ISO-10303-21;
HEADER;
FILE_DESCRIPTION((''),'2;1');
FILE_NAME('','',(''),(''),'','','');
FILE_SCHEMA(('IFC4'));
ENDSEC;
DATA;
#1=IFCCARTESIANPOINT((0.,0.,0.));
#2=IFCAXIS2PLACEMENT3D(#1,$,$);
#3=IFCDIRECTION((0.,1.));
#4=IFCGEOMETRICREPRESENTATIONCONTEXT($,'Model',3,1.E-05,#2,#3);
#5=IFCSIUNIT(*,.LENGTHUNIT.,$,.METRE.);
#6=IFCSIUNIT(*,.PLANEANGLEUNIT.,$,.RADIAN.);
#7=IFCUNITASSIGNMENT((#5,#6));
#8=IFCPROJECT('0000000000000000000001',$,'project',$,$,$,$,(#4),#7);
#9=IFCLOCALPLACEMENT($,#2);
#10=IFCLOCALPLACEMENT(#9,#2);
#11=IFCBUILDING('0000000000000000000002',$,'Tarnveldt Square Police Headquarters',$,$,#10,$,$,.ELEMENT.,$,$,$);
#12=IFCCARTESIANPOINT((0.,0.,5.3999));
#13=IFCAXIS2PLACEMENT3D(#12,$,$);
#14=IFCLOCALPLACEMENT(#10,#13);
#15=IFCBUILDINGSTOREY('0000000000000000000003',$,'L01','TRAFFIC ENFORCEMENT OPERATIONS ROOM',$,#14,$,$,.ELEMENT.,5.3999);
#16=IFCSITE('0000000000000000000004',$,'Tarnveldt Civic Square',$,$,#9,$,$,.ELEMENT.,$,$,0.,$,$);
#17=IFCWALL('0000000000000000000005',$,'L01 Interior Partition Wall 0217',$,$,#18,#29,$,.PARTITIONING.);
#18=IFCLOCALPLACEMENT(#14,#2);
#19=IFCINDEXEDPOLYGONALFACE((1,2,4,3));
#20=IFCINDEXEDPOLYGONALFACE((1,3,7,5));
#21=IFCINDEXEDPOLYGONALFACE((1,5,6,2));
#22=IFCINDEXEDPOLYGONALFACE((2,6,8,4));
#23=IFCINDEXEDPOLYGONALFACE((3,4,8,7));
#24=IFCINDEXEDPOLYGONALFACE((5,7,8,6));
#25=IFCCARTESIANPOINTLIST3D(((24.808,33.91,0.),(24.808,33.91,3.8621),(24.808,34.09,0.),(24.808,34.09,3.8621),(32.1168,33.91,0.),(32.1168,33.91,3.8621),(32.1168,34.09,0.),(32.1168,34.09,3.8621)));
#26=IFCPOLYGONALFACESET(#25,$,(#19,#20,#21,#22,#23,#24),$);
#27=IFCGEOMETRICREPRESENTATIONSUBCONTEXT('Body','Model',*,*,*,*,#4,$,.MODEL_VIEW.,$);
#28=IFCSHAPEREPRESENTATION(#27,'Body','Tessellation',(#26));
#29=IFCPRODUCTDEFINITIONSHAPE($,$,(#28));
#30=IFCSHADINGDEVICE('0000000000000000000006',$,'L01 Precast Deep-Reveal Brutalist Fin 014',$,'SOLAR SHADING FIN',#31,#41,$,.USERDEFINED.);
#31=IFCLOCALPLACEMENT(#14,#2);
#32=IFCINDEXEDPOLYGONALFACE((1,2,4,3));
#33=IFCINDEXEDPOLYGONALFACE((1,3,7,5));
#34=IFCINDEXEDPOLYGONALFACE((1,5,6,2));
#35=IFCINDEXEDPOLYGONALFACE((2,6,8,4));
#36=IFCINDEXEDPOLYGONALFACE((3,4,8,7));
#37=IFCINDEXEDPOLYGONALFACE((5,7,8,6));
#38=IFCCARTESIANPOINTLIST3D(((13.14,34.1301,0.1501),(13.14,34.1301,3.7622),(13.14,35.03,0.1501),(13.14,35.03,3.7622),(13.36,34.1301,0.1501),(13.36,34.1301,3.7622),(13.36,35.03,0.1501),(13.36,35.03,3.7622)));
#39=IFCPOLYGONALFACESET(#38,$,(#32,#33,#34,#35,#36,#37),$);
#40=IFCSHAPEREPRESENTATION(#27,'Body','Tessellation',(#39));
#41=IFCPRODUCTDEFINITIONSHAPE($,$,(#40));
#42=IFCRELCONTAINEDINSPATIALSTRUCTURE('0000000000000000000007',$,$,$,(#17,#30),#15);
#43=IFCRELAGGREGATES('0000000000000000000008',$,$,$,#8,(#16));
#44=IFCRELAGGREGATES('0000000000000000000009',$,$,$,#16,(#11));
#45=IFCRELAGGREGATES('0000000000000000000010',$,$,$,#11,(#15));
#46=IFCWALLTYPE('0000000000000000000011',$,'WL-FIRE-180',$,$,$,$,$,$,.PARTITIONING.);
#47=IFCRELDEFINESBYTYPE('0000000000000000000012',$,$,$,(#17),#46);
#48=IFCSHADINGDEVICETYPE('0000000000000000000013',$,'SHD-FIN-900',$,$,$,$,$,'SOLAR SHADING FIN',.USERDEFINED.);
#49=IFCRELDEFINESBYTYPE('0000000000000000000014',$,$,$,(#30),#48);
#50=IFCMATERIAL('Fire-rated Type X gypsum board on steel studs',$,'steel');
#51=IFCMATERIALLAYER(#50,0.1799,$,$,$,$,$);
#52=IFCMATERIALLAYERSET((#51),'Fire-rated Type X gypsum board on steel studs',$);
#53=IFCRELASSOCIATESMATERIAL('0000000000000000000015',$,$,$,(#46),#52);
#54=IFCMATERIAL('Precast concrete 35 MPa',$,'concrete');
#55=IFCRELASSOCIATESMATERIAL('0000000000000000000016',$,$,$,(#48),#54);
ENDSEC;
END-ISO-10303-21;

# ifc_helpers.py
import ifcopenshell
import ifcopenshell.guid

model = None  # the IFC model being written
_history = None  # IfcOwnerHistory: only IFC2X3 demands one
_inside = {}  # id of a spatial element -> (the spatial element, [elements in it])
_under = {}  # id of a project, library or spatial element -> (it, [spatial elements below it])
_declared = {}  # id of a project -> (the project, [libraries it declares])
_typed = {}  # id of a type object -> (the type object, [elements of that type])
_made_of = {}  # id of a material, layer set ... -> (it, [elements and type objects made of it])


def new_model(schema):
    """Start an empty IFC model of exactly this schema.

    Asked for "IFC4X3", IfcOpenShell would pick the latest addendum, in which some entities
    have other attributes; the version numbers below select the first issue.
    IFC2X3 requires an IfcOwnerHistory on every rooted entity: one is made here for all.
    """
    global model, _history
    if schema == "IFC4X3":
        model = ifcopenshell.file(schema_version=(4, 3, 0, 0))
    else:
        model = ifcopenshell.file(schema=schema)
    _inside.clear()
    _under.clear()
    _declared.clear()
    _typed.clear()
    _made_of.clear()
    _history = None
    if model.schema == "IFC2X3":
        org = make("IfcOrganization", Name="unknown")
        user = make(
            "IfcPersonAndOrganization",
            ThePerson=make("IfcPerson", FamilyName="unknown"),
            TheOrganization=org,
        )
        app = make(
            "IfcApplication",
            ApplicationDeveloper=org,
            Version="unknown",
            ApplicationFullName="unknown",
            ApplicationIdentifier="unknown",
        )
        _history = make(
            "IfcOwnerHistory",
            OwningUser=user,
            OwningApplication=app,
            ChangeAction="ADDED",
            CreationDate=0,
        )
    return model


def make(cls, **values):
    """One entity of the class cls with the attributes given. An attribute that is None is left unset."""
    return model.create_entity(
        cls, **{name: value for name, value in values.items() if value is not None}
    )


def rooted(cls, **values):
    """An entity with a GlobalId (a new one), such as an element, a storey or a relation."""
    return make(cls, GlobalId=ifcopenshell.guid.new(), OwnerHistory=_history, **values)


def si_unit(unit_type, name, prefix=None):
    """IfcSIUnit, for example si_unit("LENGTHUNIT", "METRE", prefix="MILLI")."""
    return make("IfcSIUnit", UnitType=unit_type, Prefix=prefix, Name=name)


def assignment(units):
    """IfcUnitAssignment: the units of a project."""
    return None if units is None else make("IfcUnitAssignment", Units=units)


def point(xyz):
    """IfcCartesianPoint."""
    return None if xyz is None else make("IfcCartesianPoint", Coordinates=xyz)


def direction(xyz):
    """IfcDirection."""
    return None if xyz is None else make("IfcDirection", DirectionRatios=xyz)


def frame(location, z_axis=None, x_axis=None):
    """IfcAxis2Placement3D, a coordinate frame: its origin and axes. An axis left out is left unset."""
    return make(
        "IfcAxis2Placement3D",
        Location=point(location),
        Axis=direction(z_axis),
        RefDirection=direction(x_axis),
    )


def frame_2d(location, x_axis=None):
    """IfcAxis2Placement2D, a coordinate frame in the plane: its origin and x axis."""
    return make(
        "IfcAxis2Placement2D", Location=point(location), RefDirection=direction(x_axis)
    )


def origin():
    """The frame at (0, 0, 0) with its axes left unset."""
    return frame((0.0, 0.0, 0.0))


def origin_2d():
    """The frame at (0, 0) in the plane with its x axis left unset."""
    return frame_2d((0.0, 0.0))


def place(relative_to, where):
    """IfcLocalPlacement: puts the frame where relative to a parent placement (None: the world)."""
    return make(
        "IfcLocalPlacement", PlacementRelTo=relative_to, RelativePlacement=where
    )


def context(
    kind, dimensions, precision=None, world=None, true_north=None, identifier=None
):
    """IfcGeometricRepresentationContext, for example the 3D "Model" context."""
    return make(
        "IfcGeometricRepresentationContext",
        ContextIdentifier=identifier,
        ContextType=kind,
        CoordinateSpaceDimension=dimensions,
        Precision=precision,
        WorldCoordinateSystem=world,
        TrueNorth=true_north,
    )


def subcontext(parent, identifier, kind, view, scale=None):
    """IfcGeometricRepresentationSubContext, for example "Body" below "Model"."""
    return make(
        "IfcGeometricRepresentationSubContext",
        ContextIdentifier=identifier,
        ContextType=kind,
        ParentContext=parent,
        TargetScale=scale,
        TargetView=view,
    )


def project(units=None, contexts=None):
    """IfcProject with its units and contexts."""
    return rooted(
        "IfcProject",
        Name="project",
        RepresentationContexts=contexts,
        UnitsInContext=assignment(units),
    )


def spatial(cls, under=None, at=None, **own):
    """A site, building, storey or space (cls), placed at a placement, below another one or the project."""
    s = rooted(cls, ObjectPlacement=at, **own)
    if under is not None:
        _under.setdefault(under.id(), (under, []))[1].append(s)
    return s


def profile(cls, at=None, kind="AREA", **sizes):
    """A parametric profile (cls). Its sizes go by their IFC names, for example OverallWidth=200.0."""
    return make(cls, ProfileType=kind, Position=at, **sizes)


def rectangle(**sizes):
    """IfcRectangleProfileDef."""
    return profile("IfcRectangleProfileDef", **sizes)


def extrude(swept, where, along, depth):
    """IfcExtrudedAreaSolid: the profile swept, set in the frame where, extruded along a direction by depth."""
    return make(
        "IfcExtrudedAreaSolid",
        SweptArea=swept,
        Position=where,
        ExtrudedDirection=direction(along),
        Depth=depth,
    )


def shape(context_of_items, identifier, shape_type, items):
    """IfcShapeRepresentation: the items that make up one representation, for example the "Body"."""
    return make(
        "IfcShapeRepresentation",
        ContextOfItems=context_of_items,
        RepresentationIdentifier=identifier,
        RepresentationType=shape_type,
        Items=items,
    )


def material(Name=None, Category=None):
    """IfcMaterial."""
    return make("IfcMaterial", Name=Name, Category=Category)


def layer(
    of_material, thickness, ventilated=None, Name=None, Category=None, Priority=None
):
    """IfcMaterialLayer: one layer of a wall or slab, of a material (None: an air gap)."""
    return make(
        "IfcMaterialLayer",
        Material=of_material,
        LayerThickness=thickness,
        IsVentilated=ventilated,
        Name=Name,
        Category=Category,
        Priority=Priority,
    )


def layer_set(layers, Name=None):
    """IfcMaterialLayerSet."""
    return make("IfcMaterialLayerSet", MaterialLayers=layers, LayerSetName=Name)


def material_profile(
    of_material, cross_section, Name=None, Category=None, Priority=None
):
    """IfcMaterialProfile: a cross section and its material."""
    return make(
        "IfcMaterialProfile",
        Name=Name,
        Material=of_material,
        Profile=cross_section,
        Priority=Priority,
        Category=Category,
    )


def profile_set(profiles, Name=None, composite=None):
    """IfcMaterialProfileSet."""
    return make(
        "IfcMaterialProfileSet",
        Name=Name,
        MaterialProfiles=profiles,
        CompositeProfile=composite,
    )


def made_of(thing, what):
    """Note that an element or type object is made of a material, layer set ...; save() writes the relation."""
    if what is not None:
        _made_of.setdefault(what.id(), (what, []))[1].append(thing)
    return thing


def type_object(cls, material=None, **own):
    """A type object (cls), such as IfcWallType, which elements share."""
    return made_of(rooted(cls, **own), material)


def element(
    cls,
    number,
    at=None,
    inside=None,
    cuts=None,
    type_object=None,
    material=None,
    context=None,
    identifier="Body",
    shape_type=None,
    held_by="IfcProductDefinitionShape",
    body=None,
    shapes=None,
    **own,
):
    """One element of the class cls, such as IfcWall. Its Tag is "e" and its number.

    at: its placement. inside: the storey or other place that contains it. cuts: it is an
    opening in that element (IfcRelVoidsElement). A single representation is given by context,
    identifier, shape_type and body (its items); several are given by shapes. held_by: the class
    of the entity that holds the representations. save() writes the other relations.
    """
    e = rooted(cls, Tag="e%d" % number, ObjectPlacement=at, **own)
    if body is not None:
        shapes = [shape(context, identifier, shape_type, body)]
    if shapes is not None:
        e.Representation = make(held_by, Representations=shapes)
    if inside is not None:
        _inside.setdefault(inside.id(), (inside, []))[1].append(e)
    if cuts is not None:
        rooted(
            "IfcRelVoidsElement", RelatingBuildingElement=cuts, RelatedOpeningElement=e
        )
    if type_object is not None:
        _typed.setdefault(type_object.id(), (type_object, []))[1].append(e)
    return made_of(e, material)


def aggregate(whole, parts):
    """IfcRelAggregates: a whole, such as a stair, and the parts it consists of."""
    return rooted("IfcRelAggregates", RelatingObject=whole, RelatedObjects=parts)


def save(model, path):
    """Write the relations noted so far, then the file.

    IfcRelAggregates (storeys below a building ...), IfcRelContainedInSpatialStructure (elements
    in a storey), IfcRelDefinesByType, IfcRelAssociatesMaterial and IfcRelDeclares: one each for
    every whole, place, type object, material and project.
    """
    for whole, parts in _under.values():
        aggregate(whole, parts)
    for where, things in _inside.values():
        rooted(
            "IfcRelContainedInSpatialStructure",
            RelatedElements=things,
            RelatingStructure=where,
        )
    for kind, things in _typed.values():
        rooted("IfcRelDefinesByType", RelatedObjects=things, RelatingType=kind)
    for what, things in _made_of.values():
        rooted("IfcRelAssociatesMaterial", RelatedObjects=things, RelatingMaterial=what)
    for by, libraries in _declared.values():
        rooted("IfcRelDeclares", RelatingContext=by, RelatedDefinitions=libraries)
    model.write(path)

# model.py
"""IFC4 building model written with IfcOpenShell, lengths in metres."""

from ifc_helpers import new_model, si_unit, direction, frame, frame_2d, origin, origin_2d, place, context, subcontext, project, spatial, rectangle, extrude, material, layer, layer_set, material_profile, profile_set, type_object, element, save


model = new_model("IFC4")

# Units and contexts
model_context = context("Model", 3, precision=1e-05, world=origin(), true_north=direction((0.0, 1.0)))
body_context = subcontext(model_context, "Body", "Model", "MODEL_VIEW")
ifc_project = project(units=[si_unit("LENGTHUNIT", "METRE"), si_unit("PLANEANGLEUNIT", "RADIAN")], contexts=[model_context])

# Site, building, storey
site_placement = place(None, origin())
site = spatial("IfcSite", under=ifc_project, at=site_placement, Name="Tarnveldt Civic Square", CompositionType="ELEMENT", RefElevation=0.0)
building_placement = place(site_placement, origin())
building = spatial("IfcBuilding", under=site, at=building_placement, Name="Tarnveldt Square Police Headquarters", CompositionType="ELEMENT")
storey_placement = place(building_placement, frame((0.0, 0.0, 5.3999)))
storey = spatial("IfcBuildingStorey", under=building, at=storey_placement, Name="L01", Description="TRAFFIC ENFORCEMENT OPERATIONS ROOM", CompositionType="ELEMENT", Elevation=5.3999)

# Wall
ifc_material_1 = material(Name="Fire-rated Type X gypsum board on steel studs", Category="steel")
ifc_layer_1 = layer(ifc_material_1, 0.1799)
ifc_layer_set_1 = layer_set([ifc_layer_1], Name="Fire-rated Type X gypsum board on steel studs")
wall_type_1 = type_object("IfcWallType", Name="WL-FIRE-180", PredefinedType="PARTITIONING", material=ifc_layer_set_1)
wall_1_placement = place(storey_placement, frame((24.8081, 34.0, 0.0), z_axis=(0.0, 0.0, 1.0), x_axis=(1.0, 0.0, 0.0)))
element("IfcWall", 1, at=wall_1_placement, inside=storey, type_object=wall_type_1, Name="L01 Interior Partition Wall 0217", PredefinedType="PARTITIONING", context=body_context, shape_type="SweptSolid", body=[
    extrude(rectangle(XDim=7.3088, YDim=0.1799, at=frame_2d((3.6543, 0.0))), origin(), (0.0, 0.0, 1.0), 3.8621),
])

# Shading device
ifc_material_2 = material(Name="Precast concrete 35 MPa", Category="concrete")
ifc_material_profile_1 = material_profile(ifc_material_2, rectangle(XDim=0.22, YDim=0.8999, at=origin_2d()), Name="PC-FIN220x900")
ifc_profile_set_1 = profile_set([ifc_material_profile_1], Name="Precast concrete 35 MPa")
shading_device_type = type_object("IfcShadingDeviceType", Name="SHD-FIN-900", ElementType="SOLAR SHADING FIN", PredefinedType="USERDEFINED", material=ifc_profile_set_1)
shading_device_placement = place(storey_placement, frame((13.25, 34.5801, 0.1501), z_axis=(0.0, 0.0, 1.0), x_axis=(-1.0, 0.0, 0.0)))
element("IfcShadingDevice", 2, at=shading_device_placement, inside=storey, type_object=shading_device_type, Name="L01 Precast Deep-Reveal Brutalist Fin 014", ObjectType="SOLAR SHADING FIN", PredefinedType="USERDEFINED", context=body_context, shape_type="SweptSolid", body=[
    extrude(rectangle(XDim=0.22, YDim=0.8999, at=origin_2d()), origin(), (0.0, 0.0, 1.0), 3.6121),
])

save(model, "model.ifc")
